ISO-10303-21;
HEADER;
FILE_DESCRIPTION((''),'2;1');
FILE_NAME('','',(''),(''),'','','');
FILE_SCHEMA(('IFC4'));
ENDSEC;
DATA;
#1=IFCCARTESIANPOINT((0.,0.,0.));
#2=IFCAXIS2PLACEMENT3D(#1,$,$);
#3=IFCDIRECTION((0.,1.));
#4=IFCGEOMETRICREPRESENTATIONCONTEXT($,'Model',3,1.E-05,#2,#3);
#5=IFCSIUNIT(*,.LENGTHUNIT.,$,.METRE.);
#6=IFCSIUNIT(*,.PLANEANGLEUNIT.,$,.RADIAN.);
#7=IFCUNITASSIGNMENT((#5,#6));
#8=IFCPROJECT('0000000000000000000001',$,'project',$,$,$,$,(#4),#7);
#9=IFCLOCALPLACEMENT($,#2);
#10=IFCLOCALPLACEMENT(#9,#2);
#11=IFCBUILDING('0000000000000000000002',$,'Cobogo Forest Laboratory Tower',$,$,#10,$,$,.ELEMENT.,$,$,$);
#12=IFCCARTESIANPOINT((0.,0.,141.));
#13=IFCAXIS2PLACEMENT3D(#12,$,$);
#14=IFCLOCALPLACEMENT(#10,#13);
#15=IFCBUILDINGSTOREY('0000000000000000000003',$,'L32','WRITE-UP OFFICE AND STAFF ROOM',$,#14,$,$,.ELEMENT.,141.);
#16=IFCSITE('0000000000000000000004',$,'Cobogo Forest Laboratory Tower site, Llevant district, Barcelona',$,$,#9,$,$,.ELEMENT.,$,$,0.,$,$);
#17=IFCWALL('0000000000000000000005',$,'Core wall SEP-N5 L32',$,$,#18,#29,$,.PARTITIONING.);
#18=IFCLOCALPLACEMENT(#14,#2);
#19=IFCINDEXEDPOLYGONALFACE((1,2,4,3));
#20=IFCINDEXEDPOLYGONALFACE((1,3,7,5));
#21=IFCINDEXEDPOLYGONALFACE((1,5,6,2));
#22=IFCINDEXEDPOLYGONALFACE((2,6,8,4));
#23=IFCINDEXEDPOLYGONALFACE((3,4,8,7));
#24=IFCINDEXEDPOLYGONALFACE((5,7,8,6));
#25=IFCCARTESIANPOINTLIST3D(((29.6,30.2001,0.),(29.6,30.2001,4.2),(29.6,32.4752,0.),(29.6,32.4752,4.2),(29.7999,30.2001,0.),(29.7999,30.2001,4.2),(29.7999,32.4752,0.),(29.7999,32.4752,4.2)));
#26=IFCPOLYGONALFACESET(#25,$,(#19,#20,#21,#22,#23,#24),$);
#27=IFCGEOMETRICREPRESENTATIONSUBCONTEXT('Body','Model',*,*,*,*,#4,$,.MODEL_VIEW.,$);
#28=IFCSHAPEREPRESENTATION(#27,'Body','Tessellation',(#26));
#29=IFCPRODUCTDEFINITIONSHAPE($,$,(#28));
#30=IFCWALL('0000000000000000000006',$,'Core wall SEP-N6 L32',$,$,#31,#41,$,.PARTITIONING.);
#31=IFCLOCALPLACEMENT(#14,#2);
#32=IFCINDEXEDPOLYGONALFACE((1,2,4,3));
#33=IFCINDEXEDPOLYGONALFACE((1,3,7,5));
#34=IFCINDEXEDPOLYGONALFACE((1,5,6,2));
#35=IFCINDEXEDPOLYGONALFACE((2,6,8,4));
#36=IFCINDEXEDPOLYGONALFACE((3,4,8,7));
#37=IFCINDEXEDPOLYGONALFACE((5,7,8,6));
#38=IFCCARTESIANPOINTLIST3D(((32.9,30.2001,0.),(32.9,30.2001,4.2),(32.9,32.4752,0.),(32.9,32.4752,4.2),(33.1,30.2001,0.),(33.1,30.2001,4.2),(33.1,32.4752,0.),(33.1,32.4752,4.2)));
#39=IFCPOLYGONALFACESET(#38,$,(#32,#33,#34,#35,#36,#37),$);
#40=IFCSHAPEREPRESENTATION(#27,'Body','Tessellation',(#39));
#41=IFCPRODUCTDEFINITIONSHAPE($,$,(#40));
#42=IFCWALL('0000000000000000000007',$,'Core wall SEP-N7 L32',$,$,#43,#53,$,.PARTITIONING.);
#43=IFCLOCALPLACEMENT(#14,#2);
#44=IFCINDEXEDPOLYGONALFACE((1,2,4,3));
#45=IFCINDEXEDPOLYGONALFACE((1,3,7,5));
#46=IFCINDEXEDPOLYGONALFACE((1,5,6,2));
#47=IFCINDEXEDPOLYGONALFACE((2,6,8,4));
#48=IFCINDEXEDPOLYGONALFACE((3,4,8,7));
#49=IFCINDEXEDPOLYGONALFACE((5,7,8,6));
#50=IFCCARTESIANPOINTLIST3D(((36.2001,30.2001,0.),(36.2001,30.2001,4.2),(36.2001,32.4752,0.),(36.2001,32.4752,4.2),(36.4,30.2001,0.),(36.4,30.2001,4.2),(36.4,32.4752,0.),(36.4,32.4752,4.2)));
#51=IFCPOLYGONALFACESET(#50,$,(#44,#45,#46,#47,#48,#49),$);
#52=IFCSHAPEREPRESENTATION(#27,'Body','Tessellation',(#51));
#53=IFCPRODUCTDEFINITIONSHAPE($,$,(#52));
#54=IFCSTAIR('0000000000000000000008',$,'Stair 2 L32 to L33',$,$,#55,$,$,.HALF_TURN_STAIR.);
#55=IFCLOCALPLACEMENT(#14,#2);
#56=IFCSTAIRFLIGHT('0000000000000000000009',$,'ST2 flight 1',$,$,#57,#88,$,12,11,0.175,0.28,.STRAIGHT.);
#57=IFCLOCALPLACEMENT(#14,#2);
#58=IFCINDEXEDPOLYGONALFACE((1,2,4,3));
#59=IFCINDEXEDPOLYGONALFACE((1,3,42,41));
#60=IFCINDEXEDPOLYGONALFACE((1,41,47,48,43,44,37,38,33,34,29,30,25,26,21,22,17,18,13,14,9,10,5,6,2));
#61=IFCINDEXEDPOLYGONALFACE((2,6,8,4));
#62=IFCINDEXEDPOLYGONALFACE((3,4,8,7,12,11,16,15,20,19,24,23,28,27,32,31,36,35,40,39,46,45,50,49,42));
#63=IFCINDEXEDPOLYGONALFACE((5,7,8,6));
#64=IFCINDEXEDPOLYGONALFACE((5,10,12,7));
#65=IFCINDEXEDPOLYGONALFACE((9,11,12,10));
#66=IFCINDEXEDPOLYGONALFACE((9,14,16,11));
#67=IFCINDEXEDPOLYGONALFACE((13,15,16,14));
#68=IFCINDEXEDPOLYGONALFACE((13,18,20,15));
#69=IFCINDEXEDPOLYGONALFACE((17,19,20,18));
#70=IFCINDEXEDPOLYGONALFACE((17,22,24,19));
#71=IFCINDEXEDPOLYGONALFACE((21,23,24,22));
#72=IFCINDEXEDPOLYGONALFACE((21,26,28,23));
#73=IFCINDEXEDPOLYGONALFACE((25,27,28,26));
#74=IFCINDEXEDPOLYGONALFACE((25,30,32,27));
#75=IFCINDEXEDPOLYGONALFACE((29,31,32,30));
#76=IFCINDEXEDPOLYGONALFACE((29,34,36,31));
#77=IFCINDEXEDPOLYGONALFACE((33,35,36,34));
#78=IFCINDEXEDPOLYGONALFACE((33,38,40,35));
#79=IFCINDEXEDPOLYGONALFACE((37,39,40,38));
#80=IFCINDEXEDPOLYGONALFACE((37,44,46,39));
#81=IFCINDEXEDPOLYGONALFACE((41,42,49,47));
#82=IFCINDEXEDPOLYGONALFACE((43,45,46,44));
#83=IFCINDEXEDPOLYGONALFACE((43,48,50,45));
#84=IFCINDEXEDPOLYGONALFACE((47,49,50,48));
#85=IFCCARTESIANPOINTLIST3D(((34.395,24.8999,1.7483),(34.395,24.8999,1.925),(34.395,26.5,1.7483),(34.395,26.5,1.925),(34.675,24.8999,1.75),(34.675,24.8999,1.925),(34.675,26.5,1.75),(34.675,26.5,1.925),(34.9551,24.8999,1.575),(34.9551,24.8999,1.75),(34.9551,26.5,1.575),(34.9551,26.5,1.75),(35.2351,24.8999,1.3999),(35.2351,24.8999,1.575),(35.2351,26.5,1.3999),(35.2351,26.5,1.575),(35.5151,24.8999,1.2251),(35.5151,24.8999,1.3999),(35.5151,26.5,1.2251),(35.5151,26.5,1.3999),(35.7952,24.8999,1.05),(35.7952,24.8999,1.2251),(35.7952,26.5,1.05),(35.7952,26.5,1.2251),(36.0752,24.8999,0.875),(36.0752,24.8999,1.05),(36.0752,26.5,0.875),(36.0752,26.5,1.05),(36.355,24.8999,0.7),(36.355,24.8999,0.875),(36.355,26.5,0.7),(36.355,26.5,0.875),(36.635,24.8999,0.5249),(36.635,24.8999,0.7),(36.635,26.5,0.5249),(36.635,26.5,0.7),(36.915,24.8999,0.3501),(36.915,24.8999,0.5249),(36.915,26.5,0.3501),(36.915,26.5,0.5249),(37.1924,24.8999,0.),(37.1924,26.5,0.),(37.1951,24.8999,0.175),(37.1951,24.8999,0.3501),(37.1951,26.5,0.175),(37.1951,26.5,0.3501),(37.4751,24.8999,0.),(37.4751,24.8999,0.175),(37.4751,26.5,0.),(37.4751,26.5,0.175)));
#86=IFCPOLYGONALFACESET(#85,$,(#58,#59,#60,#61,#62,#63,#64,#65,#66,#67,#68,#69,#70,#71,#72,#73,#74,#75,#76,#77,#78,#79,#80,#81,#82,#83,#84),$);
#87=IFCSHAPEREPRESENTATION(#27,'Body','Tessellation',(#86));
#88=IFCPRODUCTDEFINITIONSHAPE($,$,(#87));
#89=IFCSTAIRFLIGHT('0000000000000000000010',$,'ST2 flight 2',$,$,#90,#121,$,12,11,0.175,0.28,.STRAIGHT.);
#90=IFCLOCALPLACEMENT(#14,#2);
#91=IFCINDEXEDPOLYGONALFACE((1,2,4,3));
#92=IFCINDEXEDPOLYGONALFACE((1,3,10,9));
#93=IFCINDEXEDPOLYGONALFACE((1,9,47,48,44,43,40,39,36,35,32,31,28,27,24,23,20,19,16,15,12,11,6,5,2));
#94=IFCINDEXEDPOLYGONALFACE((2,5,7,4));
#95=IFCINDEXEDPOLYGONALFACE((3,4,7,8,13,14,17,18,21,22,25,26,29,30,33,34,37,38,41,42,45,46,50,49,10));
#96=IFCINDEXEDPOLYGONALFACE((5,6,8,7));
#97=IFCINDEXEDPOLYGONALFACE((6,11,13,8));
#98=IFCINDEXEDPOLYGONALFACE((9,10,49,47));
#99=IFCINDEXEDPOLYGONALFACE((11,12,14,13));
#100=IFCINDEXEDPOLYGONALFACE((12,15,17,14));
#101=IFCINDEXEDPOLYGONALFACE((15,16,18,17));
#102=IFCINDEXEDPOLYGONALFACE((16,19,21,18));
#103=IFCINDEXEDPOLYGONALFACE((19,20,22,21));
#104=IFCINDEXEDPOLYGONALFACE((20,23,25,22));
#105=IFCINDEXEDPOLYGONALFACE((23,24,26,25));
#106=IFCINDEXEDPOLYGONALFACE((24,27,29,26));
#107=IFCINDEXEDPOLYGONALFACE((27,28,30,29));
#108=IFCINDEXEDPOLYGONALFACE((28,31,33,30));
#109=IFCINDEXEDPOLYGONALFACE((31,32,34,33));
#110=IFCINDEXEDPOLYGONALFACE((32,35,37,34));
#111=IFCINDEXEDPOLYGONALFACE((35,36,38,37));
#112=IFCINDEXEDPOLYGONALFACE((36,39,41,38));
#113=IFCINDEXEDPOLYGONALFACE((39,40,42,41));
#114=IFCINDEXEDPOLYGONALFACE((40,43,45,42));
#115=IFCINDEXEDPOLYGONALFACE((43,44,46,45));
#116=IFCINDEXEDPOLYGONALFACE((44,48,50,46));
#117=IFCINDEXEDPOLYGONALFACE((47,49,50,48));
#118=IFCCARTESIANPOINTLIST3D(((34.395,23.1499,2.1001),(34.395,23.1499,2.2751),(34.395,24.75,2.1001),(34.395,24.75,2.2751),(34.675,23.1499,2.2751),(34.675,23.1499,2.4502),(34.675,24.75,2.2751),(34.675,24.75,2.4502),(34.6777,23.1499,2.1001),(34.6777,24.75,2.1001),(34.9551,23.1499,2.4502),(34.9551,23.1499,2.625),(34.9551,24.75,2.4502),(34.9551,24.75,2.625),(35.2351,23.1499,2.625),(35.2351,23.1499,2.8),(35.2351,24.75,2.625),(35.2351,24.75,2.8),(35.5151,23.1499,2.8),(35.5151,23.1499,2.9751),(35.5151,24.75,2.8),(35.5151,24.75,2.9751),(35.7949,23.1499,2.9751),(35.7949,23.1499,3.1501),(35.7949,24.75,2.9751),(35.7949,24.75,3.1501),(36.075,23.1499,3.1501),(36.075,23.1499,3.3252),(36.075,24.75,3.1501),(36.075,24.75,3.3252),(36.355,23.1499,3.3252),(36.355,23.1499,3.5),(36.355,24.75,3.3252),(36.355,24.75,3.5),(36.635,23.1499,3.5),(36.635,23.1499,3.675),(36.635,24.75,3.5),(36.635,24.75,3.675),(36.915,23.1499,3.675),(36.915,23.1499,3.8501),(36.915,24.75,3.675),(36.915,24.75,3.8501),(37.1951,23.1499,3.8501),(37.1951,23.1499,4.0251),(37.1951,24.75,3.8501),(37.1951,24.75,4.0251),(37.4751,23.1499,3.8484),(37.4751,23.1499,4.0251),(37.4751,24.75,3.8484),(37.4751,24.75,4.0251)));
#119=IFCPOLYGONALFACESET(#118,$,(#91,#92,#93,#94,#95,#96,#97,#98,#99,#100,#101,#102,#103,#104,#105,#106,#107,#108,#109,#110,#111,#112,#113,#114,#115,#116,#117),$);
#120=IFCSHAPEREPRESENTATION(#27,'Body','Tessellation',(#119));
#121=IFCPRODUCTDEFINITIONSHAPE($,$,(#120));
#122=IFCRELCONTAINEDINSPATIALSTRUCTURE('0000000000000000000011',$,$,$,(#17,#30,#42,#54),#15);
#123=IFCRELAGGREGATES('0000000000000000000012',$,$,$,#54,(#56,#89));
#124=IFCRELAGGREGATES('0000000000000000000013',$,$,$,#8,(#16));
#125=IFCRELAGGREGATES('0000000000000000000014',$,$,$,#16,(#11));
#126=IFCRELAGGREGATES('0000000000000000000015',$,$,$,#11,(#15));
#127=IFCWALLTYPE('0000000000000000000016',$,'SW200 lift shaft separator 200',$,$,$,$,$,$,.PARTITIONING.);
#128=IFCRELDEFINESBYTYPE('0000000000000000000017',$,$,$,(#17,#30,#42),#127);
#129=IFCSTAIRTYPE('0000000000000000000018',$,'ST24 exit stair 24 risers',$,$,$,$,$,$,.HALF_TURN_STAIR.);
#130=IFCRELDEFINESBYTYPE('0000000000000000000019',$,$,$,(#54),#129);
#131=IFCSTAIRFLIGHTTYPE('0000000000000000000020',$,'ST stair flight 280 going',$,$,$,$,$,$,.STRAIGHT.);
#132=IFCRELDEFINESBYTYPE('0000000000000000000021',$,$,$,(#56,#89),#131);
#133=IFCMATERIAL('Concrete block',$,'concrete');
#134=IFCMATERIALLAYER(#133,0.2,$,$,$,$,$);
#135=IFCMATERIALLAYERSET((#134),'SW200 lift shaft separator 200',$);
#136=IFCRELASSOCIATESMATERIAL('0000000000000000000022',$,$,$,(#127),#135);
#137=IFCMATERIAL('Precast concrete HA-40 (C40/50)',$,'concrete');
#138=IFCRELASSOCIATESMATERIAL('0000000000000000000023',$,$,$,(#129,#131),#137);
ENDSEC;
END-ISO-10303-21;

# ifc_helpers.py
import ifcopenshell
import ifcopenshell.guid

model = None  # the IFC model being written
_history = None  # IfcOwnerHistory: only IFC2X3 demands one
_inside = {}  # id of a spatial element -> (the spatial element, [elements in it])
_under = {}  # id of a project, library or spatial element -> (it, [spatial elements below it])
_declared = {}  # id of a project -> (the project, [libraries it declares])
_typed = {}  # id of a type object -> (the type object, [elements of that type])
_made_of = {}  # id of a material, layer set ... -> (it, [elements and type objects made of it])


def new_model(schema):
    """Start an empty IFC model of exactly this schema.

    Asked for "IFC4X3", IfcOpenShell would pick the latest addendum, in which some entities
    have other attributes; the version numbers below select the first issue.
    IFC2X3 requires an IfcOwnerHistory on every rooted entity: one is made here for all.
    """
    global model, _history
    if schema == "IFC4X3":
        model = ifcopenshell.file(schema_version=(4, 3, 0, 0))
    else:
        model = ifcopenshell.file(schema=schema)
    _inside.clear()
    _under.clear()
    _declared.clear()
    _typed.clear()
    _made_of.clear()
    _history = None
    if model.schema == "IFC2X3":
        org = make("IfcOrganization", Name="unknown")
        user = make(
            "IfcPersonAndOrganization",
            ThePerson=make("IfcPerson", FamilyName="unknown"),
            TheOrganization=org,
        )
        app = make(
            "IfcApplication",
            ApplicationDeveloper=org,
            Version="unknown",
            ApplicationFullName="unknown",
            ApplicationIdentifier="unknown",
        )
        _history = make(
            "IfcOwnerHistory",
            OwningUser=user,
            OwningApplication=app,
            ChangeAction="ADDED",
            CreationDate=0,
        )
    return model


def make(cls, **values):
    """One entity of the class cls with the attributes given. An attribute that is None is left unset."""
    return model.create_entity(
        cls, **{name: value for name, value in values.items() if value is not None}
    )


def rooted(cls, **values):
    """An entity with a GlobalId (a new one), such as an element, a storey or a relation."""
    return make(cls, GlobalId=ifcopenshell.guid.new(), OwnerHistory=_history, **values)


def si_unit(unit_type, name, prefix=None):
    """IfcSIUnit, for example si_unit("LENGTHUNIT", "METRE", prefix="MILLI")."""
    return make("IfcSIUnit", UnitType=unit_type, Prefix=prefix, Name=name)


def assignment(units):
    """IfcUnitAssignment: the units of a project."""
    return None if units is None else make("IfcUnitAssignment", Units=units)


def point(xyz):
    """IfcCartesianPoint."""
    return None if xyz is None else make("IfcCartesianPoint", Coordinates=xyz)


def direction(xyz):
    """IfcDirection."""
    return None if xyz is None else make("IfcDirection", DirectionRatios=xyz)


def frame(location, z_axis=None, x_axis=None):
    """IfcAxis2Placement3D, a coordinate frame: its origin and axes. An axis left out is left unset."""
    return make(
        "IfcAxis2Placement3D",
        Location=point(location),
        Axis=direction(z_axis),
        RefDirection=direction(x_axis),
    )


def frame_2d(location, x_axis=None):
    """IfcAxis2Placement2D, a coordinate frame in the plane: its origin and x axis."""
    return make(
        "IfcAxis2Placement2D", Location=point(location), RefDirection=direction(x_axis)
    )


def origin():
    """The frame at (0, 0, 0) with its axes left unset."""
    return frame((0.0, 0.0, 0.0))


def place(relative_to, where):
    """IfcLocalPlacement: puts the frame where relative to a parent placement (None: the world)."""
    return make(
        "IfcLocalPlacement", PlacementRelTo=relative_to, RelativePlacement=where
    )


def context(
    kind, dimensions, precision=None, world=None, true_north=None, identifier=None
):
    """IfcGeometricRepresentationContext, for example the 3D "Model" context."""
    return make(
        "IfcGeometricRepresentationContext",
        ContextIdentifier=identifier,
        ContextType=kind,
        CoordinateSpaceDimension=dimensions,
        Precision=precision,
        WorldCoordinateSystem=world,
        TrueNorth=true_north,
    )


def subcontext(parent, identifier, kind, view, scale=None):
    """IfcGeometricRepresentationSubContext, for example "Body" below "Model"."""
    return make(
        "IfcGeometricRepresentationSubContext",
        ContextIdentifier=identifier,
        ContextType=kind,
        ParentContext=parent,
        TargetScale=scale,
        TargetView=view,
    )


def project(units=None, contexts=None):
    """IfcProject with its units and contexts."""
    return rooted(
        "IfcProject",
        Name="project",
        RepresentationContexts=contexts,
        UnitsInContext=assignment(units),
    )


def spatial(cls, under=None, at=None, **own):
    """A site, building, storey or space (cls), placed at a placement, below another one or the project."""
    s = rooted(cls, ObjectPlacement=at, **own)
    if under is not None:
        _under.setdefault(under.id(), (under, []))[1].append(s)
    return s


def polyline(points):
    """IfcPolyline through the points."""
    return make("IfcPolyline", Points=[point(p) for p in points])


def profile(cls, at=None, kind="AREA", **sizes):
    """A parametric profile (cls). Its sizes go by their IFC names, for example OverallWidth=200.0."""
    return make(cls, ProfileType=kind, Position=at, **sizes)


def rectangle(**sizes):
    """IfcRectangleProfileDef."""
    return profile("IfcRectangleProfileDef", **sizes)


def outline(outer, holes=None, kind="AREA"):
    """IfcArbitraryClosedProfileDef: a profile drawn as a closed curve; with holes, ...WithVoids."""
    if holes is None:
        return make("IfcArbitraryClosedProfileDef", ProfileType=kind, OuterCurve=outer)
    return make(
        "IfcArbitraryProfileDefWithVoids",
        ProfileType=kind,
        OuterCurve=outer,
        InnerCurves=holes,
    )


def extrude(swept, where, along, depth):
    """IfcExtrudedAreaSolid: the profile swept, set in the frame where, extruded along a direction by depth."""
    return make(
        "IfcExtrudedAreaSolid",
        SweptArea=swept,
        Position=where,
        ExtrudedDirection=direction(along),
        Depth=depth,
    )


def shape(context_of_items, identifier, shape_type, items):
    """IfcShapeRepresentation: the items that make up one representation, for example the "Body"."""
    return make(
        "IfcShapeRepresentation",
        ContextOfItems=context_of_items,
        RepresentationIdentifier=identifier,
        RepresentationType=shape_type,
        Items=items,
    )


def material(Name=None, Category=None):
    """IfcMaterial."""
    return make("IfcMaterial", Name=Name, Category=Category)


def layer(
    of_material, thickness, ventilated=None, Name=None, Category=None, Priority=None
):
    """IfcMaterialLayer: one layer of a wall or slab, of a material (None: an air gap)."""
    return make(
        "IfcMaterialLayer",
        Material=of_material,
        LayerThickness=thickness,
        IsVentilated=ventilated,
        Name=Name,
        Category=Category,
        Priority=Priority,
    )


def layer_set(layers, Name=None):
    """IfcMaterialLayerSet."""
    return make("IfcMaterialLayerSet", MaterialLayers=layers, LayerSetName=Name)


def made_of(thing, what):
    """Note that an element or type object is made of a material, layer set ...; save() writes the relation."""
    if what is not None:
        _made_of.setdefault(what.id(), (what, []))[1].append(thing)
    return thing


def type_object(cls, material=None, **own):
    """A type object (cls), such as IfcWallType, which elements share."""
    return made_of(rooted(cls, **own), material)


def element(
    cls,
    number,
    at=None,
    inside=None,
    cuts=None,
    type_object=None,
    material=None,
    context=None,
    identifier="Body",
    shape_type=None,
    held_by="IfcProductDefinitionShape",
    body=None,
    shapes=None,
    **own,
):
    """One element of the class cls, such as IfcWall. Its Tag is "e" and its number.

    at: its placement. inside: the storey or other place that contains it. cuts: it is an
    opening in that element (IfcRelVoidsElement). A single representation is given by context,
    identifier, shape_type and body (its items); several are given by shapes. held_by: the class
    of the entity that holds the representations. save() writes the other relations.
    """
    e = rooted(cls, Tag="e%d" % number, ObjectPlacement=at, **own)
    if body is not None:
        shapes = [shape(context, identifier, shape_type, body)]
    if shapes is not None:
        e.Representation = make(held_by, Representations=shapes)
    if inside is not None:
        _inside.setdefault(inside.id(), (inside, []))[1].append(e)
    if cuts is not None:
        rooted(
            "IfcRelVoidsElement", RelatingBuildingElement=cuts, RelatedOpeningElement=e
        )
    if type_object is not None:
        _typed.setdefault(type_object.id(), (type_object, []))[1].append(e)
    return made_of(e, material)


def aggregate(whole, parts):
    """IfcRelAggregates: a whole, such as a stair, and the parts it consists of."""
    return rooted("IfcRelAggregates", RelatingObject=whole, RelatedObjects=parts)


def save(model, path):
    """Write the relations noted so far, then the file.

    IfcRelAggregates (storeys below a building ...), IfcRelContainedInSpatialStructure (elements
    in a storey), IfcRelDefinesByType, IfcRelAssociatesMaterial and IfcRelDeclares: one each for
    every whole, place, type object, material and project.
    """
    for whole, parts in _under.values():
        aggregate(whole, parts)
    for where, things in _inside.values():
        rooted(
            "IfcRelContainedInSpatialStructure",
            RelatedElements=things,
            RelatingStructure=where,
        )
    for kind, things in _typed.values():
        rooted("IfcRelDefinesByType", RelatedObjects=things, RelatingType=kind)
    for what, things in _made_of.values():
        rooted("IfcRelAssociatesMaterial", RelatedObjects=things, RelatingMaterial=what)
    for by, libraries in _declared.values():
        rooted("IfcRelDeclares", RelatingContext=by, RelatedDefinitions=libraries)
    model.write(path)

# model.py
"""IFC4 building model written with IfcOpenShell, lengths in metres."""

from ifc_helpers import new_model, si_unit, direction, frame, frame_2d, origin, place, context, subcontext, project, spatial, polyline, rectangle, outline, extrude, material, layer, layer_set, type_object, element, aggregate, save


model = new_model("IFC4")

# Units and contexts
model_context = context("Model", 3, precision=1e-05, world=origin(), true_north=direction((0.0, 1.0)))
body_context = subcontext(model_context, "Body", "Model", "MODEL_VIEW")
ifc_project = project(units=[si_unit("LENGTHUNIT", "METRE"), si_unit("PLANEANGLEUNIT", "RADIAN")], contexts=[model_context])

# Site, building, storey
site_placement = place(None, origin())
site = spatial("IfcSite", under=ifc_project, at=site_placement, Name="Cobogo Forest Laboratory Tower site, Llevant district, Barcelona", CompositionType="ELEMENT", RefElevation=0.0)
building_placement = place(site_placement, origin())
building = spatial("IfcBuilding", under=site, at=building_placement, Name="Cobogo Forest Laboratory Tower", CompositionType="ELEMENT")
storey_placement = place(building_placement, frame((0.0, 0.0, 141.0)))
storey = spatial("IfcBuildingStorey", under=building, at=storey_placement, Name="L32", Description="WRITE-UP OFFICE AND STAFF ROOM", CompositionType="ELEMENT", Elevation=141.0)

# Walls
ifc_material_1 = material(Name="Concrete block", Category="concrete")
ifc_layer_1 = layer(ifc_material_1, 0.2)
ifc_layer_set_1 = layer_set([ifc_layer_1], Name="SW200 lift shaft separator 200")
wall_type_1 = type_object("IfcWallType", Name="SW200 lift shaft separator 200", PredefinedType="PARTITIONING", material=ifc_layer_set_1)
for number, where, z_axis, x_axis, name in (
    (1, (29.7, 30.2, 0.0), (0.0, 0.0, 1.0), (0.0, 1.0, 0.0), "Core wall SEP-N5 L32"),
    (2, (33.0, 30.2, 0.0), (0.0, 0.0, 1.0), (0.0, 1.0, 0.0), "Core wall SEP-N6 L32"),
    (3, (36.3, 30.2, 0.0), (0.0, 0.0, 1.0), (0.0, 1.0, 0.0), "Core wall SEP-N7 L32"),
):
    element("IfcWall", number, at=place(storey_placement, frame(where, z_axis=z_axis, x_axis=x_axis)), inside=storey, type_object=wall_type_1, Name=name, PredefinedType="PARTITIONING", context=body_context, shape_type="SweptSolid", body=[
        extrude(rectangle(XDim=2.2751, YDim=0.2, at=frame_2d((1.1377, 0.0))), origin(), (0.0, 0.0, 1.0), 4.2),
    ])

# Stair, stair flights
ifc_material_2 = material(Name="Precast concrete HA-40 (C40/50)", Category="concrete")
stair_type = type_object("IfcStairType", Name="ST24 exit stair 24 risers", PredefinedType="HALF_TURN_STAIR", material=ifc_material_2)
stair_placement = place(storey_placement, origin())
stair = element("IfcStair", 4, at=stair_placement, inside=storey, type_object=stair_type, Name="Stair 2 L32 to L33", PredefinedType="HALF_TURN_STAIR")
stair_flight_type = type_object("IfcStairFlightType", Name="ST stair flight 280 going", PredefinedType="STRAIGHT", material=ifc_material_2)
stair_flight_1_placement = place(storey_placement, frame((37.4751, 25.7, 0.0), z_axis=(0.0, 0.0, 1.0), x_axis=(-1.0, 0.0, 0.0)))
stair_flight_1 = element("IfcStairFlight", 5, at=stair_flight_1_placement, type_object=stair_flight_type, Name="ST2 flight 1", NumberOfRisers=12, NumberOfTreads=11, PredefinedType="STRAIGHT", RiserHeight=0.175, TreadLength=0.28, context=body_context, shape_type="SweptSolid", body=[
    extrude(outline(polyline([(0.0, 0.0), (0.0, 0.175), (0.28, 0.175), (0.28, 0.3501), (0.5601, 0.3501), (0.5601, 0.5249), (0.8401, 0.5249), (0.8401, 0.7), (1.1201, 0.7), (1.1201, 0.875), (1.3999, 0.875), (1.3999, 1.05), (1.6799, 1.05), (1.6799, 1.2251), (1.96, 1.2251), (1.96, 1.3999), (2.24, 1.3999), (2.24, 1.575), (2.52, 1.575), (2.52, 1.75), (2.8, 1.75), (2.8, 1.925), (3.0801, 1.925), (3.0801, 2.1001), (3.0801, 1.7483), (0.2827, 0.0), (0.0, 0.0)])), frame((0.0, 0.8, 0.0), z_axis=(0.0, -1.0, 0.0), x_axis=(1.0, 0.0, 0.0)), (0.0, 0.0, 1.0), 1.6001),
])
stair_flight_2_placement = place(storey_placement, frame((34.395, 23.95, 2.1001), z_axis=(0.0, 0.0, 1.0), x_axis=(1.0, 0.0, 0.0)))
stair_flight_2 = element("IfcStairFlight", 6, at=stair_flight_2_placement, type_object=stair_flight_type, Name="ST2 flight 2", NumberOfRisers=12, NumberOfTreads=11, PredefinedType="STRAIGHT", RiserHeight=0.175, TreadLength=0.28, context=body_context, shape_type="SweptSolid", body=[
    extrude(outline(polyline([(0.0, 0.0), (0.0, 0.175), (0.28, 0.175), (0.28, 0.3501), (0.5601, 0.3501), (0.5601, 0.5249), (0.8401, 0.5249), (0.8401, 0.7), (1.1201, 0.7), (1.1201, 0.875), (1.3999, 0.875), (1.3999, 1.05), (1.6799, 1.05), (1.6799, 1.2251), (1.96, 1.2251), (1.96, 1.3999), (2.24, 1.3999), (2.24, 1.575), (2.52, 1.575), (2.52, 1.75), (2.8, 1.75), (2.8, 1.925), (3.0801, 1.925), (3.0801, 2.1001), (3.0801, 1.7483), (0.2827, 0.0), (0.0, 0.0)])), frame((0.0, 0.8, 0.0), z_axis=(0.0, -1.0, 0.0), x_axis=(1.0, 0.0, 0.0)), (0.0, 0.0, 1.0), 1.6001),
])
aggregate(stair, [stair_flight_1, stair_flight_2])

save(model, "model.ifc")
